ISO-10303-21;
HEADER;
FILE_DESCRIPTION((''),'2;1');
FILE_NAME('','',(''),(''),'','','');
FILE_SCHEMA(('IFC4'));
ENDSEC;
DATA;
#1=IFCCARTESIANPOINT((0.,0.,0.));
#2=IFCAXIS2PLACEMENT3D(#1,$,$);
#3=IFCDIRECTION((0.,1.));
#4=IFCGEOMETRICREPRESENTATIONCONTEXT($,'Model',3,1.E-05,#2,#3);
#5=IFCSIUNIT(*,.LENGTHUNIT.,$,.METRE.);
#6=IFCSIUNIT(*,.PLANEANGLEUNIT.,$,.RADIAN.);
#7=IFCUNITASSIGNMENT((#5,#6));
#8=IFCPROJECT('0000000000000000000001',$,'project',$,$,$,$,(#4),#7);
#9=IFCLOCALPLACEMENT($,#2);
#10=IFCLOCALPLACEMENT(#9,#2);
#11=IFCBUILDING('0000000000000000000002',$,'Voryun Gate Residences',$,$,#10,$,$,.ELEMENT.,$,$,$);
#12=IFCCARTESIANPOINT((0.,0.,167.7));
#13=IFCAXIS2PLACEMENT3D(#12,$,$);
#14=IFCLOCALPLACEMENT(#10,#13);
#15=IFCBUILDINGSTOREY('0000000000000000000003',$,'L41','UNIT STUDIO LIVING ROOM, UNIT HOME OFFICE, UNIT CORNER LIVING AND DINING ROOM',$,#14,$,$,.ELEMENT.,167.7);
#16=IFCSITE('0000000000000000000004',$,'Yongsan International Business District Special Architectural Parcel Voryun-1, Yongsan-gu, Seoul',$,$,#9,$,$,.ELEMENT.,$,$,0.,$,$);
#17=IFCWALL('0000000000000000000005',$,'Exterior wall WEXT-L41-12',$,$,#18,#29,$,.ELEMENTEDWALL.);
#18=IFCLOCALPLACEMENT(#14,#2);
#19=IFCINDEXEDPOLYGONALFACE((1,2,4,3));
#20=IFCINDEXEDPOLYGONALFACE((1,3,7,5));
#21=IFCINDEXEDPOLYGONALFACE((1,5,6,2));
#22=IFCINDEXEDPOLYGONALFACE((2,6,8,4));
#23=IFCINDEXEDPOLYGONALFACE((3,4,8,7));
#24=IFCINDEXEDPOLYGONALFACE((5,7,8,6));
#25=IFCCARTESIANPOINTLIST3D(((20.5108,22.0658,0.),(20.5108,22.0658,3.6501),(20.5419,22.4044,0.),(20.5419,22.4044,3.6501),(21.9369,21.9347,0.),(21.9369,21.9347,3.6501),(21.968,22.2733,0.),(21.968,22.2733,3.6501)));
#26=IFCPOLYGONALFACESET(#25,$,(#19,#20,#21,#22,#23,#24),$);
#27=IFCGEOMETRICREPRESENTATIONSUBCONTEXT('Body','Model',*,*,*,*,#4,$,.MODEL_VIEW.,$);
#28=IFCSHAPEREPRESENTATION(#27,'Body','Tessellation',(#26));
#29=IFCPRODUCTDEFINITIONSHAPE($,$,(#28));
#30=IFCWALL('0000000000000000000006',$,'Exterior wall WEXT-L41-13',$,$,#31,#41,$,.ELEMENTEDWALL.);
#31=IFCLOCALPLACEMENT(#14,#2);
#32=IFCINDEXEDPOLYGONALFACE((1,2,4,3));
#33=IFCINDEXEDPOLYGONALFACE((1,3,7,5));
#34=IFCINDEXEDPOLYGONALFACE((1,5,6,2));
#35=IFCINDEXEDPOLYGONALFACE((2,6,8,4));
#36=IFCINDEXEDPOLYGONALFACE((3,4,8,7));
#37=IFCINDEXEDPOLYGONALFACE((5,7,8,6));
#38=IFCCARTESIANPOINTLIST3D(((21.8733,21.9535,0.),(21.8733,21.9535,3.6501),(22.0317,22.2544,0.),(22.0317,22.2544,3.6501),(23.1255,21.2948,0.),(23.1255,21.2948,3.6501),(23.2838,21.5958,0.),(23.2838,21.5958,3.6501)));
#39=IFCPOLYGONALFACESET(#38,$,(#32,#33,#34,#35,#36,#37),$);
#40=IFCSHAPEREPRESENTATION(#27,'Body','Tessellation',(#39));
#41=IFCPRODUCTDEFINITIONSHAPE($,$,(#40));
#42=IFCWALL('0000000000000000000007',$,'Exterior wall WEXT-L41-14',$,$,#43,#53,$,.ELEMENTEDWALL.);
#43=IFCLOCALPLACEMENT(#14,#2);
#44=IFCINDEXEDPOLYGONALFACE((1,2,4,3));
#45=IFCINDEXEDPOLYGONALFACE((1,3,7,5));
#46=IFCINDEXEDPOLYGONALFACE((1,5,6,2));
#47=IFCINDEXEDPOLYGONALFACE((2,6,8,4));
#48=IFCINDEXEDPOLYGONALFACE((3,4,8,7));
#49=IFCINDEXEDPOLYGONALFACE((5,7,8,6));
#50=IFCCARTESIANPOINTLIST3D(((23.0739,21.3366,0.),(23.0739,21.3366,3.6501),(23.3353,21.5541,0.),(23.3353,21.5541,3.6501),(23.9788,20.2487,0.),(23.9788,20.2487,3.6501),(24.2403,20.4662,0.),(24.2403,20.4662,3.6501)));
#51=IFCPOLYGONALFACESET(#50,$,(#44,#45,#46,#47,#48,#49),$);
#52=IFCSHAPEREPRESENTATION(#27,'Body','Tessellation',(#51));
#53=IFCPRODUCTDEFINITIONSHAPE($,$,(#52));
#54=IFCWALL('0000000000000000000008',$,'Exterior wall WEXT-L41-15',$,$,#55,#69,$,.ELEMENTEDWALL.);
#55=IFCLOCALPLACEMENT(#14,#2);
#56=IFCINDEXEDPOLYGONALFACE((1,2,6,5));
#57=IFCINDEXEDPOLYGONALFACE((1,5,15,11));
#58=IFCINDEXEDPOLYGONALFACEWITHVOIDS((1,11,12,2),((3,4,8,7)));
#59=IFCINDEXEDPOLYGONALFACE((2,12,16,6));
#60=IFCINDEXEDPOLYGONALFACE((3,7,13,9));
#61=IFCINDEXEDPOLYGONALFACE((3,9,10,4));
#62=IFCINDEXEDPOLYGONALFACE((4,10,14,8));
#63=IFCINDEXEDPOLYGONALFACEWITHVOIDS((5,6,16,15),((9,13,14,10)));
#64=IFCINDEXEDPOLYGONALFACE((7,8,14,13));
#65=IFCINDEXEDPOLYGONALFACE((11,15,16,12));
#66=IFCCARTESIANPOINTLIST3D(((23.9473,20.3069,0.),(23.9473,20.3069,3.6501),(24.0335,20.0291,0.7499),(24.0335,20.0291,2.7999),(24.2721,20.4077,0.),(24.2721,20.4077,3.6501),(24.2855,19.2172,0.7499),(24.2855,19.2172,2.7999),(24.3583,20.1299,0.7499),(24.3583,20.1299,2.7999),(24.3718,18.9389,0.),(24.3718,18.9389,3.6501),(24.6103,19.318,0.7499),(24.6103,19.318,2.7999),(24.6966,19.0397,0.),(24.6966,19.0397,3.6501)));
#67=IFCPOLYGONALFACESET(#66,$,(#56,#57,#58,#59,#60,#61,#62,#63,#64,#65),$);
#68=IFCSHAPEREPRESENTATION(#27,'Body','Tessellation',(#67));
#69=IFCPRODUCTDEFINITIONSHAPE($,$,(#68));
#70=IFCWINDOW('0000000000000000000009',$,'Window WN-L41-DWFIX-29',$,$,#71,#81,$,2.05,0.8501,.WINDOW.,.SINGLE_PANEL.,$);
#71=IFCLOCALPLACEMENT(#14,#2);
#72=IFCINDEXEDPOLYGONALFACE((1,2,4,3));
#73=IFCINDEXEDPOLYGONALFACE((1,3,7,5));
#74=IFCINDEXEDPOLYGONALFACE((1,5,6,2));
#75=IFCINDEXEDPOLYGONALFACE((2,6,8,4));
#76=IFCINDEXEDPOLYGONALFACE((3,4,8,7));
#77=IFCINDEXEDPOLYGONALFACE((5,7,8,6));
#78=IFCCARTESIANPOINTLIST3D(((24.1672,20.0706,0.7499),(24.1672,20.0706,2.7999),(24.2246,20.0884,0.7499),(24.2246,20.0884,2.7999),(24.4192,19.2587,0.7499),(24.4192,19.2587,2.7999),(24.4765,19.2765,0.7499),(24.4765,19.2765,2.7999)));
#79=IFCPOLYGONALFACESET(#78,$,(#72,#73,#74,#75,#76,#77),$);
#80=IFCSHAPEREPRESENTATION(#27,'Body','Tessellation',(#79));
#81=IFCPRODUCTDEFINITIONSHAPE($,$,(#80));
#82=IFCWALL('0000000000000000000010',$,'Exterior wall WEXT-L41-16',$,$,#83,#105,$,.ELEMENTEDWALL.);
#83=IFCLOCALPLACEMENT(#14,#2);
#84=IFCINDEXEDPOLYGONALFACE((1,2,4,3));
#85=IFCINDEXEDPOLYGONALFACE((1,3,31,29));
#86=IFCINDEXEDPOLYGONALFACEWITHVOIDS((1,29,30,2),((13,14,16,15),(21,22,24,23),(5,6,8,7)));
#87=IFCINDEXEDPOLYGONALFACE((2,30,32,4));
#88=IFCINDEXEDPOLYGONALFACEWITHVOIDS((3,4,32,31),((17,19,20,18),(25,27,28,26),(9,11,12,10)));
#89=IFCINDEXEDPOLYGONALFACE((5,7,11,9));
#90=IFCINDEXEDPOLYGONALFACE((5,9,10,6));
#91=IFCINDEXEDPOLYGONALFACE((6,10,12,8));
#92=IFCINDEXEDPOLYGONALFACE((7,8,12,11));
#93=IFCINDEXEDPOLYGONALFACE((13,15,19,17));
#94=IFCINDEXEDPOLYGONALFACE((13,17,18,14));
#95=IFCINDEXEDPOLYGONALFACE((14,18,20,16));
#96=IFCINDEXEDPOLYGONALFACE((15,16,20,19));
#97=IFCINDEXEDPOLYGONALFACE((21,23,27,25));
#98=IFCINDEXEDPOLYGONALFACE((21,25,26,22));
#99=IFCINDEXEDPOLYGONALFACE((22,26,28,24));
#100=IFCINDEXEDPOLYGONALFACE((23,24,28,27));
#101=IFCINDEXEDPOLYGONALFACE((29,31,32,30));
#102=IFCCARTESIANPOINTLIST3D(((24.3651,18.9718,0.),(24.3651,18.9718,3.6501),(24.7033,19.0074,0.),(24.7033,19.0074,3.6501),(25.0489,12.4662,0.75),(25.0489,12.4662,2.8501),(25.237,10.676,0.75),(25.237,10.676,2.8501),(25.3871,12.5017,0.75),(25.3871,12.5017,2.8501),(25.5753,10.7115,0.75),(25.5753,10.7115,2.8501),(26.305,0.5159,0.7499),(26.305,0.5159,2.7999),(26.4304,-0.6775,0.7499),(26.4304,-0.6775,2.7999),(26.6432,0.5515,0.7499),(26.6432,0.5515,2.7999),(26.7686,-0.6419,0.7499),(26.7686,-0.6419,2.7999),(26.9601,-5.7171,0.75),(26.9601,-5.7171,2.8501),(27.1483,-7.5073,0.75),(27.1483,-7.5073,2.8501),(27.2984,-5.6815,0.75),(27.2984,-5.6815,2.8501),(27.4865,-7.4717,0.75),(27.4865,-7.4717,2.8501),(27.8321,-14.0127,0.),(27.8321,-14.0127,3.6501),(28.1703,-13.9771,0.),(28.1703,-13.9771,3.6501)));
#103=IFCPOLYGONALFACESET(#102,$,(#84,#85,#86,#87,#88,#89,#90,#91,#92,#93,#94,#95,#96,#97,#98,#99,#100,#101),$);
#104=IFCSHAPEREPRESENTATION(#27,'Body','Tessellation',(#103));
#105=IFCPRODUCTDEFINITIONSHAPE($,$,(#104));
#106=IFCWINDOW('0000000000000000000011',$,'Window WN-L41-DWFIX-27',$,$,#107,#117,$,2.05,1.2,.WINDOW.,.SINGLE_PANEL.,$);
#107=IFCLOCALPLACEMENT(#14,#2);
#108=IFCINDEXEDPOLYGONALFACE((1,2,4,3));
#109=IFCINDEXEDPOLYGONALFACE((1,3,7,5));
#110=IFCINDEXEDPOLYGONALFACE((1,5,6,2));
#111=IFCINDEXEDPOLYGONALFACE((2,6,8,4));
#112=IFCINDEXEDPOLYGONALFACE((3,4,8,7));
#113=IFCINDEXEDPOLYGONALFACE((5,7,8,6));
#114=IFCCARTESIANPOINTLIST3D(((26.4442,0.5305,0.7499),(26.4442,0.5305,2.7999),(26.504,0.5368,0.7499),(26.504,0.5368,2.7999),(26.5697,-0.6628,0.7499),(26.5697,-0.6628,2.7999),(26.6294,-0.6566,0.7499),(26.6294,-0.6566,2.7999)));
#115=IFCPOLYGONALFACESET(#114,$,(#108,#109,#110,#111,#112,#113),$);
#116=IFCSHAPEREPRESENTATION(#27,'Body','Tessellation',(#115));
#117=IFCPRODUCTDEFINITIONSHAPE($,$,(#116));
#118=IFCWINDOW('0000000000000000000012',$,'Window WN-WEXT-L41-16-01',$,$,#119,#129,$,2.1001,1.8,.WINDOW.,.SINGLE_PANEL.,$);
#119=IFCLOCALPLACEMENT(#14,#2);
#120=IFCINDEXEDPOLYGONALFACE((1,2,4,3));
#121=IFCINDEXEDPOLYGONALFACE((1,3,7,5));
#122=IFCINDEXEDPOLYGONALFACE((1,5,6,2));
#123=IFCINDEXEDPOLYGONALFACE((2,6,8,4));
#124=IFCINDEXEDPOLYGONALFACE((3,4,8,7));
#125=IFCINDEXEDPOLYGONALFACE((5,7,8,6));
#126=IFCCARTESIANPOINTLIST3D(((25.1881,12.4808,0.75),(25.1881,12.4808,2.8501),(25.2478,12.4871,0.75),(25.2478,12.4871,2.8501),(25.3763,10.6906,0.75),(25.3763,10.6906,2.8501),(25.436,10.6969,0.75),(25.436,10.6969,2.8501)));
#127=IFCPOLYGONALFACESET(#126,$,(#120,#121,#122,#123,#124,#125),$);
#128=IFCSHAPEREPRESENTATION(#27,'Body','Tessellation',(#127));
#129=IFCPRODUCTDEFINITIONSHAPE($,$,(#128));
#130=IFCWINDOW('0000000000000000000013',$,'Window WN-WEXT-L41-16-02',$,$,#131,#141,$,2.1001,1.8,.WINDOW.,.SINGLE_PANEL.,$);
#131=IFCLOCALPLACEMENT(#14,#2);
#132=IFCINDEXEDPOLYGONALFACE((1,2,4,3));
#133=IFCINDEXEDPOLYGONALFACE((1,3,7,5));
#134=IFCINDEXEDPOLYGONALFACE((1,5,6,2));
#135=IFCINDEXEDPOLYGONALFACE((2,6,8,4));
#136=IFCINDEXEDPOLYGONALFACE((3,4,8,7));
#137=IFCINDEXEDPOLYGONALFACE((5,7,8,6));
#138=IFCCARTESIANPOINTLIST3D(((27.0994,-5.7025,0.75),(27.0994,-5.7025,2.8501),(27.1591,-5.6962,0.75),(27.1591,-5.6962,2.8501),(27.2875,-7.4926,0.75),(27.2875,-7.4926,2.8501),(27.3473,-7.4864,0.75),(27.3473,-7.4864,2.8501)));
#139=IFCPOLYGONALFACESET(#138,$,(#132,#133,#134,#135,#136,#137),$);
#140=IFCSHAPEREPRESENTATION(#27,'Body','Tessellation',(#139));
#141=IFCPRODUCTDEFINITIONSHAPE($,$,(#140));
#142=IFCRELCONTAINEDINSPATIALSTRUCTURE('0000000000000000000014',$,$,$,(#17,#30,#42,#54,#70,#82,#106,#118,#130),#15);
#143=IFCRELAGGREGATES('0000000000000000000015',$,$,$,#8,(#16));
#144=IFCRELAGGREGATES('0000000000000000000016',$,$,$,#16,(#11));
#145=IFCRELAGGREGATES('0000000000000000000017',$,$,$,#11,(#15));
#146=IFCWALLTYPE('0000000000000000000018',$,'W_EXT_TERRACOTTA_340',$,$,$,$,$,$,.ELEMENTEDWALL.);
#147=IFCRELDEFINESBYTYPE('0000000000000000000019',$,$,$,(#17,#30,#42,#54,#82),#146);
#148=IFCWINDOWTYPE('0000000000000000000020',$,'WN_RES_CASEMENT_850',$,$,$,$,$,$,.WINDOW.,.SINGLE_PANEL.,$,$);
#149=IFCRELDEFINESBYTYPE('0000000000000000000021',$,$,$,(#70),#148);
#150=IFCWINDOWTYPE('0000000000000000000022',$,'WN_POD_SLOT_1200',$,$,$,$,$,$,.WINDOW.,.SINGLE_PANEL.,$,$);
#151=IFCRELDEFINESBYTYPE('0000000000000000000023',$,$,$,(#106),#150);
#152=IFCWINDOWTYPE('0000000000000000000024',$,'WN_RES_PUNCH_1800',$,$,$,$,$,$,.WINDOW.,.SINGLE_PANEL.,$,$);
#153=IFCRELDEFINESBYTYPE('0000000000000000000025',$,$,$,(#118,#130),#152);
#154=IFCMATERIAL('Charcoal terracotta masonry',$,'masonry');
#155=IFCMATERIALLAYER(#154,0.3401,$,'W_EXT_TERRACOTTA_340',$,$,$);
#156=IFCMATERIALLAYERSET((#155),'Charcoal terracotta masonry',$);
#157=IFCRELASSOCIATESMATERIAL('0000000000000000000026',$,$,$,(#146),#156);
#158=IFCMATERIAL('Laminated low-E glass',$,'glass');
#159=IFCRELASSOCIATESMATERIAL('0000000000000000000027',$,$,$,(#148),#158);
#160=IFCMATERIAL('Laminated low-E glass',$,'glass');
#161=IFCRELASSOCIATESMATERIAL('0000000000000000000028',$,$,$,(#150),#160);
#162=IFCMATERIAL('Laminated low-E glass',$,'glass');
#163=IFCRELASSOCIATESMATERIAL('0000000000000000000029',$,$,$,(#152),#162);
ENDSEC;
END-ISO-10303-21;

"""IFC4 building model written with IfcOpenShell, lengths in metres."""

from ifc_helpers import new_model, si_unit, direction, frame, frame_2d, origin, place, context, subcontext, project, spatial, rectangle, extrude, material, layer, layer_set, type_object, element, fill, save


model = new_model("IFC4")

# Units and contexts
model_context = context("Model", 3, precision=1e-05, world=origin(), true_north=direction((0.0, 1.0)))
body_context = subcontext(model_context, "Body", "Model", "MODEL_VIEW")
ifc_project = project(units=[si_unit("LENGTHUNIT", "METRE"), si_unit("PLANEANGLEUNIT", "RADIAN")], contexts=[model_context])

# Site, building, storey
site_placement = place(None, origin())
site = spatial("IfcSite", under=ifc_project, at=site_placement, Name="Yongsan International Business District Special Architectural Parcel Voryun-1, Yongsan-gu, Seoul", CompositionType="ELEMENT", RefElevation=0.0)
building_placement = place(site_placement, origin())
building = spatial("IfcBuilding", under=site, at=building_placement, Name="Voryun Gate Residences", CompositionType="ELEMENT")
storey_placement = place(building_placement, frame((0.0, 0.0, 167.7)))
storey = spatial("IfcBuildingStorey", under=building, at=storey_placement, Name="L41", Description="UNIT STUDIO LIVING ROOM, UNIT HOME OFFICE, UNIT CORNER LIVING AND DINING ROOM", CompositionType="ELEMENT", Elevation=167.7)

# Walls
ifc_material_1 = material(Name="Charcoal terracotta masonry", Category="masonry")
ifc_layer_1 = layer(ifc_material_1, 0.3401, Name="W_EXT_TERRACOTTA_340")
ifc_layer_set_1 = layer_set([ifc_layer_1], Name="Charcoal terracotta masonry")
wall_type_1 = type_object("IfcWallType", Name="W_EXT_TERRACOTTA_340", PredefinedType="ELEMENTEDWALL", material=ifc_layer_set_1)
wall_1_placement = place(storey_placement, frame((20.5264, 22.2351, 0.0), z_axis=(0.0, 0.0, 1.0), x_axis=(0.9958, -0.09155, 0.0)))
element("IfcWall", 1, at=wall_1_placement, inside=storey, type_object=wall_type_1, Name="Exterior wall WEXT-L41-12", PredefinedType="ELEMENTEDWALL", context=body_context, shape_type="SweptSolid", body=[
    extrude(rectangle(XDim=1.4321, YDim=0.3401, at=frame_2d((0.7161, 0.0))), origin(), (0.0, 0.0, 1.0), 3.6501),
])
wall_2_placement = place(storey_placement, frame((21.9524, 22.104, 0.0), z_axis=(0.0, 0.0, 1.0), x_axis=(0.885023, -0.465547, 0.0)))
element("IfcWall", 2, at=wall_2_placement, inside=storey, type_object=wall_type_1, Name="Exterior wall WEXT-L41-13", PredefinedType="ELEMENTEDWALL", context=body_context, shape_type="SweptSolid", body=[
    extrude(rectangle(XDim=1.4148, YDim=0.3401, at=frame_2d((0.7075, 0.0))), origin(), (0.0, 0.0, 1.0), 3.6501),
])
wall_3_placement = place(storey_placement, frame((23.2046, 21.4453, 0.0), z_axis=(0.0, 0.0, 1.0), x_axis=(0.639539, -0.768758, 0.0)))
element("IfcWall", 3, at=wall_3_placement, inside=storey, type_object=wall_type_1, Name="Exterior wall WEXT-L41-14", PredefinedType="ELEMENTEDWALL", context=body_context, shape_type="SweptSolid", body=[
    extrude(rectangle(XDim=1.415, YDim=0.3401, at=frame_2d((0.7075, 0.0))), origin(), (0.0, 0.0, 1.0), 3.6501),
])

# Wall, opening, window
wall_4_placement = place(storey_placement, frame((24.1096, 20.3574, 0.0), z_axis=(0.0, 0.0, 1.0), x_axis=(0.296421, -0.955057, 0.0)))
wall_4 = element("IfcWall", 4, at=wall_4_placement, inside=storey, type_object=wall_type_1, Name="Exterior wall WEXT-L41-15", PredefinedType="ELEMENTEDWALL", context=body_context, shape_type="SweptSolid", body=[
    extrude(rectangle(XDim=1.4324, YDim=0.3401, at=frame_2d((0.7163, 0.0))), origin(), (0.0, 0.0, 1.0), 3.6501),
])
opening_1_placement = place(wall_4_placement, frame((0.291, 0.0, 0.75)))
opening_1 = element("IfcOpeningElement", 5, at=opening_1_placement, cuts=wall_4, PredefinedType="OPENING", context=body_context, shape_type="SweptSolid", body=[
    extrude(rectangle(XDim=0.8501, YDim=2.05, at=frame_2d((0.425, 1.0249))), frame((0.0, 0.1799, 0.0), z_axis=(0.0, -1.0, 0.0), x_axis=(1.0, 0.0, 0.0)), (0.0, 0.0, 1.0), 0.3601),
])
ifc_material_2 = material(Name="Laminated low-E glass", Category="glass")
window_type_1 = type_object("IfcWindowType", Name="WN_RES_CASEMENT_850", PartitioningType="SINGLE_PANEL", PredefinedType="WINDOW", material=ifc_material_2)
window_1_placement = place(opening_1_placement, origin())
window_1 = element("IfcWindow", 6, at=window_1_placement, inside=storey, type_object=window_type_1, Name="Window WN-L41-DWFIX-29", OverallHeight=2.05, OverallWidth=0.8501, PartitioningType="SINGLE_PANEL", PredefinedType="WINDOW", context=body_context, shape_type="SweptSolid", body=[
    extrude(rectangle(XDim=0.8501, YDim=2.05, at=frame_2d((0.425, 1.0249))), frame((0.0, 0.03, 0.0), z_axis=(0.0, -1.0, 0.0), x_axis=(1.0, 0.0, 0.0)), (0.0, 0.0, 1.0), 0.0601),
])
fill(opening_1, window_1)

# Wall, openings, windows
wall_5_placement = place(storey_placement, frame((24.5342, 18.9895, 0.0), z_axis=(0.0, 0.0, 1.0), x_axis=(0.104535, -0.994521, 0.0)))
wall_5 = element("IfcWall", 7, at=wall_5_placement, inside=storey, type_object=wall_type_1, Name="Exterior wall WEXT-L41-16", PredefinedType="ELEMENTEDWALL", context=body_context, shape_type="SweptSolid", body=[
    extrude(rectangle(XDim=33.1663, YDim=0.3401, at=frame_2d((16.583, 0.0))), origin(), (0.0, 0.0, 1.0), 3.6501),
])
opening_2_placement = place(wall_5_placement, frame((6.5415, 0.0, 0.75)))
opening_2 = element("IfcOpeningElement", 8, at=opening_2_placement, cuts=wall_5, PredefinedType="OPENING", context=body_context, shape_type="SweptSolid", body=[
    extrude(rectangle(XDim=1.8, YDim=2.1001, at=frame_2d((0.8999, 1.05))), frame((0.0, 0.1799, 0.0), z_axis=(0.0, -1.0, 0.0), x_axis=(1.0, 0.0, 0.0)), (0.0, 0.0, 1.0), 0.3601),
])
opening_3_placement = place(wall_5_placement, frame((24.825, 0.0, 0.75)))
opening_3 = element("IfcOpeningElement", 9, at=opening_3_placement, cuts=wall_5, PredefinedType="OPENING", context=body_context, shape_type="SweptSolid", body=[
    extrude(rectangle(XDim=1.8, YDim=2.1001, at=frame_2d((0.8999, 1.05))), frame((0.0, 0.1799, 0.0), z_axis=(0.0, -1.0, 0.0), x_axis=(1.0, 0.0, 0.0)), (0.0, 0.0, 1.0), 0.3601),
])
opening_4_placement = place(wall_5_placement, frame((18.5574, 0.0, 0.75)))
opening_4 = element("IfcOpeningElement", 10, at=opening_4_placement, cuts=wall_5, PredefinedType="OPENING", context=body_context, shape_type="SweptSolid", body=[
    extrude(rectangle(XDim=1.2, YDim=2.05, at=frame_2d((0.6001, 1.0249))), frame((0.0, 0.1799, 0.0), z_axis=(0.0, -1.0, 0.0), x_axis=(1.0, 0.0, 0.0)), (0.0, 0.0, 1.0), 0.3601),
])
ifc_material_3 = material(Name="Laminated low-E glass", Category="glass")
window_type_2 = type_object("IfcWindowType", Name="WN_POD_SLOT_1200", PartitioningType="SINGLE_PANEL", PredefinedType="WINDOW", material=ifc_material_3)
window_2_placement = place(opening_4_placement, origin())
window_2 = element("IfcWindow", 11, at=window_2_placement, inside=storey, type_object=window_type_2, Name="Window WN-L41-DWFIX-27", OverallHeight=2.05, OverallWidth=1.2, PartitioningType="SINGLE_PANEL", PredefinedType="WINDOW", context=body_context, shape_type="SweptSolid", body=[
    extrude(rectangle(XDim=1.2, YDim=2.05, at=frame_2d((0.6001, 1.0249))), frame((0.0, 0.03, 0.0), z_axis=(0.0, -1.0, 0.0), x_axis=(1.0, 0.0, 0.0)), (0.0, 0.0, 1.0), 0.0601),
])
fill(opening_4, window_2)
ifc_material_4 = material(Name="Laminated low-E glass", Category="glass")
window_type_3 = type_object("IfcWindowType", Name="WN_RES_PUNCH_1800", PartitioningType="SINGLE_PANEL", PredefinedType="WINDOW", material=ifc_material_4)
window_3_placement = place(opening_2_placement, origin())
window_3 = element("IfcWindow", 12, at=window_3_placement, inside=storey, type_object=window_type_3, Name="Window WN-WEXT-L41-16-01", OverallHeight=2.1001, OverallWidth=1.8, PartitioningType="SINGLE_PANEL", PredefinedType="WINDOW", context=body_context, shape_type="SweptSolid", body=[
    extrude(rectangle(XDim=1.8, YDim=2.1001, at=frame_2d((0.8999, 1.05))), frame((0.0, 0.03, 0.0), z_axis=(0.0, -1.0, 0.0), x_axis=(1.0, 0.0, 0.0)), (0.0, 0.0, 1.0), 0.0601),
])
fill(opening_2, window_3)
window_4_placement = place(opening_3_placement, origin())
window_4 = element("IfcWindow", 13, at=window_4_placement, inside=storey, type_object=window_type_3, Name="Window WN-WEXT-L41-16-02", OverallHeight=2.1001, OverallWidth=1.8, PartitioningType="SINGLE_PANEL", PredefinedType="WINDOW", context=body_context, shape_type="SweptSolid", body=[
    extrude(rectangle(XDim=1.8, YDim=2.1001, at=frame_2d((0.8999, 1.05))), frame((0.0, 0.03, 0.0), z_axis=(0.0, -1.0, 0.0), x_axis=(1.0, 0.0, 0.0)), (0.0, 0.0, 1.0), 0.0601),
])
fill(opening_3, window_4)

save(model, "model.ifc")
